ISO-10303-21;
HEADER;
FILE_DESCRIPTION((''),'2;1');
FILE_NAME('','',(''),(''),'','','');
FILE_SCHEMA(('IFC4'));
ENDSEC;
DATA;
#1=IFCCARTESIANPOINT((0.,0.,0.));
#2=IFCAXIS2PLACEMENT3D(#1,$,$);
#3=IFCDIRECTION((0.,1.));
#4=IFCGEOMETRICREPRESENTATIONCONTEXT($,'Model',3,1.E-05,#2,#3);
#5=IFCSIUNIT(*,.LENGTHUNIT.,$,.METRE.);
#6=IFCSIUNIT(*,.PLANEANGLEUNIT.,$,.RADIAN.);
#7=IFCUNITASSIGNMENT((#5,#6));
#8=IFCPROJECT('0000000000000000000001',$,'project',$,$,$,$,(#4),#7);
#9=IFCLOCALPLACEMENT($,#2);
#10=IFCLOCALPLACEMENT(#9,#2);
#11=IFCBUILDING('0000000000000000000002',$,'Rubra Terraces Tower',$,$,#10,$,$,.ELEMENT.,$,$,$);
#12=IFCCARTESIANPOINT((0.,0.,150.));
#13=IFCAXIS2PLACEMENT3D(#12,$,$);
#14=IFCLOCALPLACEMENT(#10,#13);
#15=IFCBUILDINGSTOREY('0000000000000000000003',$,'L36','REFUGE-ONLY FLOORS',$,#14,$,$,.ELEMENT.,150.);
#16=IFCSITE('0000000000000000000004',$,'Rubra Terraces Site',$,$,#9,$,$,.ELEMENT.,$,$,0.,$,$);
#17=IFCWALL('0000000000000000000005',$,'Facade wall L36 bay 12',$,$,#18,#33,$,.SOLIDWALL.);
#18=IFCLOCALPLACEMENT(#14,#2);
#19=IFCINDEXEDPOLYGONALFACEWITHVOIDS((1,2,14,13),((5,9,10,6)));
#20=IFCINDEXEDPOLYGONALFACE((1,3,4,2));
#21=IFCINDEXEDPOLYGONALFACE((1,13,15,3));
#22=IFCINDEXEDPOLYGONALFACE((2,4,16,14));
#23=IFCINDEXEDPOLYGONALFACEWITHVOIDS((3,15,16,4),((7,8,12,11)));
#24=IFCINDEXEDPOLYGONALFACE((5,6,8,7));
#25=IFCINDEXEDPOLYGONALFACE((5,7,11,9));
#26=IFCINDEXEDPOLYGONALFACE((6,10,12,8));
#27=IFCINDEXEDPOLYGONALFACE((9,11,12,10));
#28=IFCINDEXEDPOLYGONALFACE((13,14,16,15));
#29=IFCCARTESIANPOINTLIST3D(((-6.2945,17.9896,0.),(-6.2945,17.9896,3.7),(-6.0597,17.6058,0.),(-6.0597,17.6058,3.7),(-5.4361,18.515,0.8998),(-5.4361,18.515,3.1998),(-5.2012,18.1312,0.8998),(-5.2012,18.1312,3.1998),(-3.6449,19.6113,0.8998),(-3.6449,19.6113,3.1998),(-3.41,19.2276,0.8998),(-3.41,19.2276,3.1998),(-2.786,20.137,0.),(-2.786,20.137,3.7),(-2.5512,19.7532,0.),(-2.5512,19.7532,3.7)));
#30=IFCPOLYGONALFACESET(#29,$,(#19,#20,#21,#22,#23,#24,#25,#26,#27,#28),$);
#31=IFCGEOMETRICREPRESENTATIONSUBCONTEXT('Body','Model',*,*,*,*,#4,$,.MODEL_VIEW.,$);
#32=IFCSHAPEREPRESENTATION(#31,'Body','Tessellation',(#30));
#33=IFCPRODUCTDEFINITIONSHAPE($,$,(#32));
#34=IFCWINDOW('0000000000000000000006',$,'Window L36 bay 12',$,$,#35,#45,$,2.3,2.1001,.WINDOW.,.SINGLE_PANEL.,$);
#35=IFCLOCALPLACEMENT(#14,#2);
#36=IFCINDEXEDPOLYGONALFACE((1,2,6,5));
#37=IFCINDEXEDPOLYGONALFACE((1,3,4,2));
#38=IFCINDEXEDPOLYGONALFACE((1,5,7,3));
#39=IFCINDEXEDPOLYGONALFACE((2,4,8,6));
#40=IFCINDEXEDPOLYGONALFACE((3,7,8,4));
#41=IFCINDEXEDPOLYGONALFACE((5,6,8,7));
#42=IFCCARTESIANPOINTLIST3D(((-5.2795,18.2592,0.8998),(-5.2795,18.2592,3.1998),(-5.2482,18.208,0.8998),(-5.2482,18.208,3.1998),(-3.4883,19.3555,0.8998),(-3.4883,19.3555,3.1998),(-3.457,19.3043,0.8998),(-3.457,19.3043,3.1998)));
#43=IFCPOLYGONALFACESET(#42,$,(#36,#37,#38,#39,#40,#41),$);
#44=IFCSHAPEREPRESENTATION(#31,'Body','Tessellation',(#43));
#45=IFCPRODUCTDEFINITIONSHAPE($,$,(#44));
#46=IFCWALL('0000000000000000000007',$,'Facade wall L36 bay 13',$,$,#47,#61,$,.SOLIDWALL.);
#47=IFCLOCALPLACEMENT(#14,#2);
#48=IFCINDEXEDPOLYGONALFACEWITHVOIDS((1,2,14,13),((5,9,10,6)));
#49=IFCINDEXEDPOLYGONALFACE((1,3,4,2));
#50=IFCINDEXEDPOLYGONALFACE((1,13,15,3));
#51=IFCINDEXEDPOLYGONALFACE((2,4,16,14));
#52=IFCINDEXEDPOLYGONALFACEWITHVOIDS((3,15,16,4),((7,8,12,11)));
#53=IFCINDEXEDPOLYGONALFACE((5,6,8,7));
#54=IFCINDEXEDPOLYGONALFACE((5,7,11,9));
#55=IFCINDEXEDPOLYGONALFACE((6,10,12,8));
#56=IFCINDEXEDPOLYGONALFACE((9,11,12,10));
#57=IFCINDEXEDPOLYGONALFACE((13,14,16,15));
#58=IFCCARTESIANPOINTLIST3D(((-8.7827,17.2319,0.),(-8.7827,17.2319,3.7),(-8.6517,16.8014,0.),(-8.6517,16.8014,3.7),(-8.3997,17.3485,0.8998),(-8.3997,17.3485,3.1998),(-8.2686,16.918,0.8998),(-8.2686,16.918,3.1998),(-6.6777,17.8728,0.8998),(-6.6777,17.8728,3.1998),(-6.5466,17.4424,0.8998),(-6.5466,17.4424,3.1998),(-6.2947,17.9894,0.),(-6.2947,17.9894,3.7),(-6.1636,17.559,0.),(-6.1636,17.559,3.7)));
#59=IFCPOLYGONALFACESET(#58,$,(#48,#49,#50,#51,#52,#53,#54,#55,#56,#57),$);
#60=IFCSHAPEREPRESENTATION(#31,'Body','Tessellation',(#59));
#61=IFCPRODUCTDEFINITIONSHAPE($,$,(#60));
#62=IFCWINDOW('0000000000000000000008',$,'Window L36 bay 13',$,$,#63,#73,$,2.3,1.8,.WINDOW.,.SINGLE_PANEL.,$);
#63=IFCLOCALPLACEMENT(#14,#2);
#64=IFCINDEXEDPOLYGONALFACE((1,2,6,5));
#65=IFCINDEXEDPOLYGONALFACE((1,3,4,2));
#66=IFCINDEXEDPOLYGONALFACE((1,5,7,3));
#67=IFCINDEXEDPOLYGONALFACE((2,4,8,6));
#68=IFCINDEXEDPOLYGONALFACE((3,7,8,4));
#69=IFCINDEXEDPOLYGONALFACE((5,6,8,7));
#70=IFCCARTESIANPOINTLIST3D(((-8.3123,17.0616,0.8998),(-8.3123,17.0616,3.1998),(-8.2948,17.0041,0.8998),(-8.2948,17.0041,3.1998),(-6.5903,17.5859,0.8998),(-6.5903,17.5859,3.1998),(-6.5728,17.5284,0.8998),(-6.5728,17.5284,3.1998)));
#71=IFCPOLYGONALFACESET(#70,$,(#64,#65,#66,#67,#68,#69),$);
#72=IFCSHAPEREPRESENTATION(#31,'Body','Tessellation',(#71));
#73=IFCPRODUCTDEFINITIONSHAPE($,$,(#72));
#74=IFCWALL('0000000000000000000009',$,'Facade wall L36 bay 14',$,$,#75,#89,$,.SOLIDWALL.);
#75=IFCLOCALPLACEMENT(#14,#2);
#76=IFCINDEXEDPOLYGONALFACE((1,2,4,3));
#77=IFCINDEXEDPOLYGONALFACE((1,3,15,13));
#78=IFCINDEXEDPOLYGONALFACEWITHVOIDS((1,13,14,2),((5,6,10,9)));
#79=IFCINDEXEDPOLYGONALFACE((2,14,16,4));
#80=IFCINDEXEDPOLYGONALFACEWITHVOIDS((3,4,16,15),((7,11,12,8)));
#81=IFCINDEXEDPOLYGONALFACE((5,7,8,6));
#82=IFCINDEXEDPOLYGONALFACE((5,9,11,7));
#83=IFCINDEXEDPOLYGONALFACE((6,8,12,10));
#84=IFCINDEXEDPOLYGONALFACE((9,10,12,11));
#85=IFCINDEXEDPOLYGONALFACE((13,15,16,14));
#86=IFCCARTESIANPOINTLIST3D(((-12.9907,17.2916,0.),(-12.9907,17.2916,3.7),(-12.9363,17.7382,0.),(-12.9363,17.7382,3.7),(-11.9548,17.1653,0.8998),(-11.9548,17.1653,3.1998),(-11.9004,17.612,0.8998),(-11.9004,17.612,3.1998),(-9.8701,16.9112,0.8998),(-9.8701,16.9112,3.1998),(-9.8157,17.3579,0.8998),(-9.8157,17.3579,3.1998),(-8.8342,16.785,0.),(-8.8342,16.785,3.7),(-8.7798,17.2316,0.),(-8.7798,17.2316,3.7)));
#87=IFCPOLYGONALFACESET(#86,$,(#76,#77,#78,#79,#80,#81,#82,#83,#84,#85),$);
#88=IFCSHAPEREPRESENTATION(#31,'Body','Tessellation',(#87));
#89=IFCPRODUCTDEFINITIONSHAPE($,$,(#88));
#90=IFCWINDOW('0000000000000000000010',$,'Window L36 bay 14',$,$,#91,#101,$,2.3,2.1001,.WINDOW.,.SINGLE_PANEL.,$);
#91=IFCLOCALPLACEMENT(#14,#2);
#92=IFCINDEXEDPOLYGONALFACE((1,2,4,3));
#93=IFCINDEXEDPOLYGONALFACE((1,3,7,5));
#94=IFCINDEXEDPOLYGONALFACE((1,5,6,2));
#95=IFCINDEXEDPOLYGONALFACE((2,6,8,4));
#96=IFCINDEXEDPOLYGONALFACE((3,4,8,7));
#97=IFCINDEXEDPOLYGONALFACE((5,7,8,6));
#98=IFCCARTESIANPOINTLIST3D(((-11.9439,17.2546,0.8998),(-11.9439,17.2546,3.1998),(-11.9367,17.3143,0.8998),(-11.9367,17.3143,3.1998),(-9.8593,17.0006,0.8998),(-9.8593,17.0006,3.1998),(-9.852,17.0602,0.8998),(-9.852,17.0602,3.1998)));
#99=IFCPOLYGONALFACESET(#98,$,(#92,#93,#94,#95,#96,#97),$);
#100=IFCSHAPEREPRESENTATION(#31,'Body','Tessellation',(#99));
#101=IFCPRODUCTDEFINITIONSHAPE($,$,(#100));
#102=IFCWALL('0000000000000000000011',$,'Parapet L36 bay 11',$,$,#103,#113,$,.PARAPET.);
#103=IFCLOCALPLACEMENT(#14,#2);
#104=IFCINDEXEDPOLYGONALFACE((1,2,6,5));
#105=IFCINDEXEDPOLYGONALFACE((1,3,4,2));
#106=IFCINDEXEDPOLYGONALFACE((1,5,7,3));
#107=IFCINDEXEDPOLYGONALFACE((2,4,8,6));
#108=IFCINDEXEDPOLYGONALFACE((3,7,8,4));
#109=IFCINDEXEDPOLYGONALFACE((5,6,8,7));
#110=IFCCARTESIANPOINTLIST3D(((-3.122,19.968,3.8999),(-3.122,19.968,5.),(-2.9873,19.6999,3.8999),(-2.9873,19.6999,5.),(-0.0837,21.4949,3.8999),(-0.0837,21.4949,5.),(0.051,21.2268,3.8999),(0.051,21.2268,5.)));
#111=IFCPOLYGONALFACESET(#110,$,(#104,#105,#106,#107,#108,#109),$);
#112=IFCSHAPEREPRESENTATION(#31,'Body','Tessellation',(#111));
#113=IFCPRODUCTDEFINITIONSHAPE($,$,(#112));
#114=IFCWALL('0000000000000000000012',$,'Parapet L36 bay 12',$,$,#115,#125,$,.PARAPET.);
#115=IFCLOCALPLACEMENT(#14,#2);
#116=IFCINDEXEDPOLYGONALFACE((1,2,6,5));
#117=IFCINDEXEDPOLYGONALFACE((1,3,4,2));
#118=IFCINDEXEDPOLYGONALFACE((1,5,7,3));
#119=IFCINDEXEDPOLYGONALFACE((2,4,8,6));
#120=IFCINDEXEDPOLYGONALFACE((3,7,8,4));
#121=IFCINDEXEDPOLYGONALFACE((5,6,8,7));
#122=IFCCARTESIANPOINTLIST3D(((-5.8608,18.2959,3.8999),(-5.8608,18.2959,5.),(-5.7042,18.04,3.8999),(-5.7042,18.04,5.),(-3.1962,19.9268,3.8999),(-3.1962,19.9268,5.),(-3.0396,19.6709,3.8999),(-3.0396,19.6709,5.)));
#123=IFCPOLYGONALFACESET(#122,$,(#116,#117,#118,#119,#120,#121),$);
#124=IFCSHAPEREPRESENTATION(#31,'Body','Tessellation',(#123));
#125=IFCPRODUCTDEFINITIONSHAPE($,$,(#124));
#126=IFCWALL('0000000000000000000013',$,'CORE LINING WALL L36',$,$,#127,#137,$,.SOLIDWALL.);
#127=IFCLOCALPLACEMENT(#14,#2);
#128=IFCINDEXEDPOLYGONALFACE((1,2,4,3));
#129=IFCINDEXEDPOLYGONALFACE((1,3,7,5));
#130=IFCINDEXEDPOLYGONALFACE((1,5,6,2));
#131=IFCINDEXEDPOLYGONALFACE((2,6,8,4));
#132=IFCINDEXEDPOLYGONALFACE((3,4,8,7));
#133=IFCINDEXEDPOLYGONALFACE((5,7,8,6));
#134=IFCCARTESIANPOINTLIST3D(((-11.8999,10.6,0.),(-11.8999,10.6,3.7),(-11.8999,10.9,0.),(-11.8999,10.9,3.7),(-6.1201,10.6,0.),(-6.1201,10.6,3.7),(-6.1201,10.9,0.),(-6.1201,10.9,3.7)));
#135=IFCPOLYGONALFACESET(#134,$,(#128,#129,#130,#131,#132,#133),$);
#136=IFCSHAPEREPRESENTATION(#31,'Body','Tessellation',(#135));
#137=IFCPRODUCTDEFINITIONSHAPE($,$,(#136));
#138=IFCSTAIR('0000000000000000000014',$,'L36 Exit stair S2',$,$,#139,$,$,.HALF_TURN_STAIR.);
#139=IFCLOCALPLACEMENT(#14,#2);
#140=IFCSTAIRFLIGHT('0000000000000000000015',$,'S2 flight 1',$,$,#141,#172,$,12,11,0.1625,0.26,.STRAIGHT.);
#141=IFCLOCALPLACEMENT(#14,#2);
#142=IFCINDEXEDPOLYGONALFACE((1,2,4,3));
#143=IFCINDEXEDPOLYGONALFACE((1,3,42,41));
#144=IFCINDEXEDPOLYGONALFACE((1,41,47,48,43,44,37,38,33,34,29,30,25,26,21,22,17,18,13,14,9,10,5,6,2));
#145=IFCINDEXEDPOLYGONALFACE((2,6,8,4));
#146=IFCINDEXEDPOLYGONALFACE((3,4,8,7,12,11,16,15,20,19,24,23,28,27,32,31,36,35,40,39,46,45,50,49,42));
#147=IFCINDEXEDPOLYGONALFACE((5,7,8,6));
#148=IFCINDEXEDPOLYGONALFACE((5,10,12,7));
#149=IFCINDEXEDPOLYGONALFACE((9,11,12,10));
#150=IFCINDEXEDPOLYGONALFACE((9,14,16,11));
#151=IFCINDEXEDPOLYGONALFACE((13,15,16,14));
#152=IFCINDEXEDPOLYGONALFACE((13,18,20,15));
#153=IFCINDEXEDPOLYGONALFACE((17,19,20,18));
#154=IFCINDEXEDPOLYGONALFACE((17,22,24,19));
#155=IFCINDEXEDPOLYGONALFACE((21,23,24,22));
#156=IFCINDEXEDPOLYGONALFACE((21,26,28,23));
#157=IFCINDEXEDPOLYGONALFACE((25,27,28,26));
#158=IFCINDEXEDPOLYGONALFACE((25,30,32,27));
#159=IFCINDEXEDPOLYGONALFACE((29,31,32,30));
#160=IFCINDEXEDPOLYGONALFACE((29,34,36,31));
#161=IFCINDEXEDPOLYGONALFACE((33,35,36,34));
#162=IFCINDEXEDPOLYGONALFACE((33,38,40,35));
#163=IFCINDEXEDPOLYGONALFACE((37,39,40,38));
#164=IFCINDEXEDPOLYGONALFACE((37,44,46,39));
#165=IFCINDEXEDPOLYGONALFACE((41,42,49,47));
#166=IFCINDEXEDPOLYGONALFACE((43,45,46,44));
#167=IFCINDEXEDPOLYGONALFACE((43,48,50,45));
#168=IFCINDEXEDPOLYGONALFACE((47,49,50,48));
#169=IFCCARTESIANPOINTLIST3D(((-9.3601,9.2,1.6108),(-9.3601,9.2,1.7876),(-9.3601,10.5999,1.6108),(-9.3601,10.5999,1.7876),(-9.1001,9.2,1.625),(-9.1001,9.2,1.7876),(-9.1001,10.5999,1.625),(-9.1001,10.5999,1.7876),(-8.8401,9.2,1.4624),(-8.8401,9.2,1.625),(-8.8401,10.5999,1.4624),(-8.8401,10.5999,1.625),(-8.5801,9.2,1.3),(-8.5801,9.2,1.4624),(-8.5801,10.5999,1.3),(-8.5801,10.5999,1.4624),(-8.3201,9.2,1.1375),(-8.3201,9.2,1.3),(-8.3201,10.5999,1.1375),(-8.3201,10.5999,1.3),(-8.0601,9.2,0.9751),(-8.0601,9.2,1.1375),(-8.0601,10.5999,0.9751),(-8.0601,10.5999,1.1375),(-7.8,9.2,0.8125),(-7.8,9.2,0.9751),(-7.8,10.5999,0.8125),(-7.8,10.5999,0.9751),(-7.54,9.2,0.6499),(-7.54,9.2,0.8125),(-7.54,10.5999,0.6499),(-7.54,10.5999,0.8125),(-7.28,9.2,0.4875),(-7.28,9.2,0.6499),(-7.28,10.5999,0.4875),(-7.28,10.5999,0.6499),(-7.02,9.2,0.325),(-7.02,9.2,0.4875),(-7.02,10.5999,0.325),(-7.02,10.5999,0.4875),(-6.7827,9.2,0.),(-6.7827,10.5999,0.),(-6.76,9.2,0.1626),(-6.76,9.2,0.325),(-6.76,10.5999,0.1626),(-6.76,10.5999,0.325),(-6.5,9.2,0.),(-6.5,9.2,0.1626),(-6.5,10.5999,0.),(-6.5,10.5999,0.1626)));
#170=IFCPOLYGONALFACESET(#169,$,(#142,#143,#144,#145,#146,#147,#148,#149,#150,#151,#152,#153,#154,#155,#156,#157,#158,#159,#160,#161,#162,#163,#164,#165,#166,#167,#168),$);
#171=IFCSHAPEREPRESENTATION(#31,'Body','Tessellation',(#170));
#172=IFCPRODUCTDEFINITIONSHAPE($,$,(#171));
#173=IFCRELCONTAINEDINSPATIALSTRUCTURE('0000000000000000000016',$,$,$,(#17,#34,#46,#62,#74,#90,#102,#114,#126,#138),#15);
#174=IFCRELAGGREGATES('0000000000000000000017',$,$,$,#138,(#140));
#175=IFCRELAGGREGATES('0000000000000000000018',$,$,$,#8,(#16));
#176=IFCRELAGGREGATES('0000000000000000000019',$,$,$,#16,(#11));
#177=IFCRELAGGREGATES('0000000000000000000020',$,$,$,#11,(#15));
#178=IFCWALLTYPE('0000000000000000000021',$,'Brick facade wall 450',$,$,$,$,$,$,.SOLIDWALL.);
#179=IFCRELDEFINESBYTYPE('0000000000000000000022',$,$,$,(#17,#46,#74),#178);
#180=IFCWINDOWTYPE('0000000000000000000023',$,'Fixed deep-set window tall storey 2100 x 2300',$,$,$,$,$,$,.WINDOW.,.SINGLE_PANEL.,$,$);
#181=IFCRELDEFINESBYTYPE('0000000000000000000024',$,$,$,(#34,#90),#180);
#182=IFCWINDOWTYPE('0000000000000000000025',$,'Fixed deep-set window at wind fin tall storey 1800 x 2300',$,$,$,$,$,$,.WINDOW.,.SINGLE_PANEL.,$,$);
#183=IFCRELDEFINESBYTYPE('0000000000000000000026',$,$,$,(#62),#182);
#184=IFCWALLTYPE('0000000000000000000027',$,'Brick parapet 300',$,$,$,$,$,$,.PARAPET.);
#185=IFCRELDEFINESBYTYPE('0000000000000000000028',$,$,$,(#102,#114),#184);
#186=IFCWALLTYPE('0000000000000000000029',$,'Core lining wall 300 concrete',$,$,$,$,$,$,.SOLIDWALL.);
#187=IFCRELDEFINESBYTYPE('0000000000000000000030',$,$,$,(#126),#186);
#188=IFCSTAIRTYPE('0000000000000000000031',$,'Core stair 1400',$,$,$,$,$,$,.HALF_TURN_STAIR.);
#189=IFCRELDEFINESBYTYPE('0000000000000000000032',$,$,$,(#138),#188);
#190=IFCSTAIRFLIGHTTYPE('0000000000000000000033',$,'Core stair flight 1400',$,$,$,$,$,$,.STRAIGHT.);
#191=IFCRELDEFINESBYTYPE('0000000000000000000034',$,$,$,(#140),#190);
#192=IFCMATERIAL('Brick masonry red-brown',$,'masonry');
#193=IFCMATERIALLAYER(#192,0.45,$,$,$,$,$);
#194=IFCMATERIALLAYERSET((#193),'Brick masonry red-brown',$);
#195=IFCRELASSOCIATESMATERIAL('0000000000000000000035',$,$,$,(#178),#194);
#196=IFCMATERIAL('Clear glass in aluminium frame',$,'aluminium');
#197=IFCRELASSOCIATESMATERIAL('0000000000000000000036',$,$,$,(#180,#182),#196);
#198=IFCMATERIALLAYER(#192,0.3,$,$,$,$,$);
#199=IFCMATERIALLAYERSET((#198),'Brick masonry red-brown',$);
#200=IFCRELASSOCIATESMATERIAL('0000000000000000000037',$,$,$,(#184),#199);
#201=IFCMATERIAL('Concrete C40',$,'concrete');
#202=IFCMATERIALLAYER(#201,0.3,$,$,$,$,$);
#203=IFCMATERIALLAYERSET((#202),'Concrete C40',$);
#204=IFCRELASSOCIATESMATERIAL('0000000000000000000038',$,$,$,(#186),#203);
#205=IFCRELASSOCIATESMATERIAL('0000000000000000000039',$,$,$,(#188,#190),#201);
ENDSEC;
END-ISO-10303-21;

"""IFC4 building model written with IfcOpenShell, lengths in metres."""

from ifc_helpers import new_model, si_unit, direction, frame, frame_2d, origin, place, context, subcontext, project, spatial, polyline, rectangle, outline, extrude, material, layer, layer_set, type_object, element, fill, aggregate, save


model = new_model("IFC4")

# Units and contexts
model_context = context("Model", 3, precision=1e-05, world=origin(), true_north=direction((0.0, 1.0)))
body_context = subcontext(model_context, "Body", "Model", "MODEL_VIEW")
ifc_project = project(units=[si_unit("LENGTHUNIT", "METRE"), si_unit("PLANEANGLEUNIT", "RADIAN")], contexts=[model_context])

# Site, building, storey
site_placement = place(None, origin())
site = spatial("IfcSite", under=ifc_project, at=site_placement, Name="Rubra Terraces Site", CompositionType="ELEMENT", RefElevation=0.0)
building_placement = place(site_placement, origin())
building = spatial("IfcBuilding", under=site, at=building_placement, Name="Rubra Terraces Tower", CompositionType="ELEMENT")
storey_placement = place(building_placement, frame((0.0, 0.0, 150.0)))
storey = spatial("IfcBuildingStorey", under=building, at=storey_placement, Name="L36", Description="REFUGE-ONLY FLOORS", CompositionType="ELEMENT", Elevation=150.0)

# Walls, openings, windows
ifc_material_1 = material(Name="Brick masonry red-brown", Category="masonry")
ifc_layer_1 = layer(ifc_material_1, 0.45)
ifc_layer_set_1 = layer_set([ifc_layer_1], Name="Brick masonry red-brown")
wall_type_1 = type_object("IfcWallType", Name="Brick facade wall 450", PredefinedType="SOLIDWALL", material=ifc_layer_set_1)
wall_1_placement = place(storey_placement, frame((-2.6687, 19.9451, 0.0), z_axis=(0.0, 0.0, 1.0), x_axis=(-0.852919, -0.522043, 0.0)))
wall_1 = element("IfcWall", 1, at=wall_1_placement, inside=storey, type_object=wall_type_1, Name="Facade wall L36 bay 12", PredefinedType="SOLIDWALL", context=body_context, shape_type="SweptSolid", body=[
    extrude(rectangle(XDim=4.1135, YDim=0.45, at=frame_2d((2.0566, 0.0))), origin(), (0.0, 0.0, 1.0), 3.7),
])
opening_1_placement = place(wall_1_placement, frame((1.0068, 0.0, 0.8999)))
opening_1 = element("IfcOpeningElement", 2, at=opening_1_placement, cuts=wall_1, PredefinedType="OPENING", context=body_context, shape_type="SweptSolid", body=[
    extrude(rectangle(XDim=2.1001, YDim=2.3, at=frame_2d((1.05, 1.1499))), frame((0.0, 0.2349, 0.0), z_axis=(0.0, -1.0, 0.0), x_axis=(1.0, 0.0, 0.0)), (0.0, 0.0, 1.0), 0.47),
])
ifc_material_2 = material(Name="Clear glass in aluminium frame", Category="aluminium")
window_type_1 = type_object("IfcWindowType", Name="Fixed deep-set window tall storey 2100 x 2300", PartitioningType="SINGLE_PANEL", PredefinedType="WINDOW", material=ifc_material_2)
window_1_placement = place(opening_1_placement, origin())
window_1 = element("IfcWindow", 3, at=window_1_placement, inside=storey, type_object=window_type_1, Name="Window L36 bay 12", OverallHeight=2.3, OverallWidth=2.1001, PartitioningType="SINGLE_PANEL", PredefinedType="WINDOW", context=body_context, shape_type="SweptSolid", body=[
    extrude(rectangle(XDim=2.1001, YDim=2.3, at=frame_2d((1.05, 1.1499))), frame((0.0, 0.135, 0.0), z_axis=(0.0, -1.0, 0.0), x_axis=(1.0, 0.0, 0.0)), (0.0, 0.0, 1.0), 0.0601),
])
fill(opening_1, window_1)
wall_2_placement = place(storey_placement, frame((-6.2292, 17.7742, 0.0), z_axis=(0.0, 0.0, 1.0), x_axis=(-0.956637, -0.291281, 0.0)))
wall_2 = element("IfcWall", 4, at=wall_2_placement, inside=storey, type_object=wall_type_1, Name="Facade wall L36 bay 13", PredefinedType="SOLIDWALL", context=body_context, shape_type="SweptSolid", body=[
    extrude(rectangle(XDim=2.6008, YDim=0.45, at=frame_2d((1.3003, 0.0))), origin(), (0.0, 0.0, 1.0), 3.7),
])
opening_2_placement = place(wall_2_placement, frame((0.4004, 0.0, 0.8999)))
opening_2 = element("IfcOpeningElement", 5, at=opening_2_placement, cuts=wall_2, PredefinedType="OPENING", context=body_context, shape_type="SweptSolid", body=[
    extrude(rectangle(XDim=1.8, YDim=2.3, at=frame_2d((0.8999, 1.1499))), frame((0.0, 0.2349, 0.0), z_axis=(0.0, -1.0, 0.0), x_axis=(1.0, 0.0, 0.0)), (0.0, 0.0, 1.0), 0.47),
])
window_type_2 = type_object("IfcWindowType", Name="Fixed deep-set window at wind fin tall storey 1800 x 2300", PartitioningType="SINGLE_PANEL", PredefinedType="WINDOW", material=ifc_material_2)
window_2_placement = place(opening_2_placement, origin())
window_2 = element("IfcWindow", 6, at=window_2_placement, inside=storey, type_object=window_type_2, Name="Window L36 bay 13", OverallHeight=2.3, OverallWidth=1.8, PartitioningType="SINGLE_PANEL", PredefinedType="WINDOW", context=body_context, shape_type="SweptSolid", body=[
    extrude(rectangle(XDim=1.8, YDim=2.3, at=frame_2d((0.8999, 1.1499))), frame((0.0, 0.135, 0.0), z_axis=(0.0, -1.0, 0.0), x_axis=(1.0, 0.0, 0.0)), (0.0, 0.0, 1.0), 0.0601),
])
fill(opening_2, window_2)
wall_3_placement = place(storey_placement, frame((-8.8069, 17.0083, 0.0), z_axis=(0.0, 0.0, 1.0), x_axis=(-0.992654, 0.120984, 0.0)))
wall_3 = element("IfcWall", 7, at=wall_3_placement, inside=storey, type_object=wall_type_1, Name="Facade wall L36 bay 14", PredefinedType="SOLIDWALL", context=body_context, shape_type="SweptSolid", body=[
    extrude(rectangle(XDim=4.1873, YDim=0.45, at=frame_2d((2.0938, 0.0))), origin(), (0.0, 0.0, 1.0), 3.7),
])
opening_3_placement = place(wall_3_placement, frame((1.0437, 0.0, 0.8999)))
opening_3 = element("IfcOpeningElement", 8, at=opening_3_placement, cuts=wall_3, PredefinedType="OPENING", context=body_context, shape_type="SweptSolid", body=[
    extrude(rectangle(XDim=2.1001, YDim=2.3, at=frame_2d((1.05, 1.1499))), frame((0.0, 0.2349, 0.0), z_axis=(0.0, -1.0, 0.0), x_axis=(1.0, 0.0, 0.0)), (0.0, 0.0, 1.0), 0.47),
])
window_3_placement = place(opening_3_placement, origin())
window_3 = element("IfcWindow", 9, at=window_3_placement, inside=storey, type_object=window_type_1, Name="Window L36 bay 14", OverallHeight=2.3, OverallWidth=2.1001, PartitioningType="SINGLE_PANEL", PredefinedType="WINDOW", context=body_context, shape_type="SweptSolid", body=[
    extrude(rectangle(XDim=2.1001, YDim=2.3, at=frame_2d((1.05, 1.1499))), frame((0.0, 0.135, 0.0), z_axis=(0.0, -1.0, 0.0), x_axis=(1.0, 0.0, 0.0)), (0.0, 0.0, 1.0), 0.0601),
])
fill(opening_3, window_3)

# Walls
ifc_layer_2 = layer(ifc_material_1, 0.3)
ifc_layer_set_2 = layer_set([ifc_layer_2], Name="Brick masonry red-brown")
wall_type_2 = type_object("IfcWallType", Name="Brick parapet 300", PredefinedType="PARAPET", material=ifc_layer_set_2)
wall_4_placement = place(storey_placement, frame((-0.0164, 21.3608, 3.8999), z_axis=(0.0, 0.0, 1.0), x_axis=(-0.893521, -0.449022, 0.0)))
element("IfcWall", 10, at=wall_4_placement, inside=storey, type_object=wall_type_2, Name="Parapet L36 bay 11", PredefinedType="PARAPET", context=body_context, shape_type="SweptSolid", body=[
    extrude(rectangle(XDim=3.4004, YDim=0.3, at=frame_2d((1.7002, 0.0))), origin(), (0.0, 0.0, 1.0), 1.1001),
])
wall_5_placement = place(storey_placement, frame((-3.1179, 19.7988, 3.8999), z_axis=(0.0, 0.0, 1.0), x_axis=(-0.852922, -0.522038, 0.0)))
element("IfcWall", 11, at=wall_5_placement, inside=storey, type_object=wall_type_2, Name="Parapet L36 bay 12", PredefinedType="PARAPET", context=body_context, shape_type="SweptSolid", body=[
    extrude(rectangle(XDim=3.124, YDim=0.3, at=frame_2d((1.562, 0.0))), origin(), (0.0, 0.0, 1.0), 1.1001),
])
ifc_material_3 = material(Name="Concrete C40", Category="concrete")
ifc_layer_3 = layer(ifc_material_3, 0.3)
ifc_layer_set_3 = layer_set([ifc_layer_3], Name="Concrete C40")
wall_type_3 = type_object("IfcWallType", Name="Core lining wall 300 concrete", PredefinedType="SOLIDWALL", material=ifc_layer_set_3)
wall_6_placement = place(storey_placement, frame((-11.8999, 10.75, 0.0), z_axis=(0.0, 0.0, 1.0), x_axis=(1.0, 0.0, 0.0)))
element("IfcWall", 12, at=wall_6_placement, inside=storey, type_object=wall_type_3, Name="CORE LINING WALL L36", PredefinedType="SOLIDWALL", context=body_context, shape_type="SweptSolid", body=[
    extrude(rectangle(XDim=5.7798, YDim=0.3, at=frame_2d((2.8899, 0.0))), origin(), (0.0, 0.0, 1.0), 3.7),
])

# Stair, stair flight
stair_type = type_object("IfcStairType", Name="Core stair 1400", PredefinedType="HALF_TURN_STAIR", material=ifc_material_3)
stair_placement = place(storey_placement, origin())
stair = element("IfcStair", 13, at=stair_placement, inside=storey, type_object=stair_type, Name="L36 Exit stair S2", PredefinedType="HALF_TURN_STAIR")
stair_flight_type = type_object("IfcStairFlightType", Name="Core stair flight 1400", PredefinedType="STRAIGHT", material=ifc_material_3)
stair_flight_placement = place(storey_placement, frame((-6.5, 9.8999, 0.0), z_axis=(0.0, 0.0, 1.0), x_axis=(-1.0, 0.0, 0.0)))
stair_flight = element("IfcStairFlight", 14, at=stair_flight_placement, type_object=stair_flight_type, Name="S2 flight 1", NumberOfRisers=12, NumberOfTreads=11, PredefinedType="STRAIGHT", RiserHeight=0.1625, TreadLength=0.26, context=body_context, shape_type="SweptSolid", body=[
    extrude(outline(polyline([(0.0, 0.0), (0.0, 0.1626), (0.26, 0.1626), (0.26, 0.325), (0.52, 0.325), (0.52, 0.4875), (0.78, 0.4875), (0.78, 0.6499), (1.04, 0.6499), (1.04, 0.8125), (1.3, 0.8125), (1.3, 0.9751), (1.5601, 0.9751), (1.5601, 1.1375), (1.8201, 1.1375), (1.8201, 1.3), (2.0801, 1.3), (2.0801, 1.4624), (2.3401, 1.4624), (2.3401, 1.625), (2.6001, 1.625), (2.6001, 1.7876), (2.8601, 1.7876), (2.8601, 1.95), (2.8601, 1.6108), (0.2827, 0.0), (0.0, 0.0)])), frame((0.0, 0.7, 0.0), z_axis=(0.0, -1.0, 0.0), x_axis=(1.0, 0.0, 0.0)), (0.0, 0.0, 1.0), 1.3999),
])
aggregate(stair, [stair_flight])

save(model, "model.ifc")
